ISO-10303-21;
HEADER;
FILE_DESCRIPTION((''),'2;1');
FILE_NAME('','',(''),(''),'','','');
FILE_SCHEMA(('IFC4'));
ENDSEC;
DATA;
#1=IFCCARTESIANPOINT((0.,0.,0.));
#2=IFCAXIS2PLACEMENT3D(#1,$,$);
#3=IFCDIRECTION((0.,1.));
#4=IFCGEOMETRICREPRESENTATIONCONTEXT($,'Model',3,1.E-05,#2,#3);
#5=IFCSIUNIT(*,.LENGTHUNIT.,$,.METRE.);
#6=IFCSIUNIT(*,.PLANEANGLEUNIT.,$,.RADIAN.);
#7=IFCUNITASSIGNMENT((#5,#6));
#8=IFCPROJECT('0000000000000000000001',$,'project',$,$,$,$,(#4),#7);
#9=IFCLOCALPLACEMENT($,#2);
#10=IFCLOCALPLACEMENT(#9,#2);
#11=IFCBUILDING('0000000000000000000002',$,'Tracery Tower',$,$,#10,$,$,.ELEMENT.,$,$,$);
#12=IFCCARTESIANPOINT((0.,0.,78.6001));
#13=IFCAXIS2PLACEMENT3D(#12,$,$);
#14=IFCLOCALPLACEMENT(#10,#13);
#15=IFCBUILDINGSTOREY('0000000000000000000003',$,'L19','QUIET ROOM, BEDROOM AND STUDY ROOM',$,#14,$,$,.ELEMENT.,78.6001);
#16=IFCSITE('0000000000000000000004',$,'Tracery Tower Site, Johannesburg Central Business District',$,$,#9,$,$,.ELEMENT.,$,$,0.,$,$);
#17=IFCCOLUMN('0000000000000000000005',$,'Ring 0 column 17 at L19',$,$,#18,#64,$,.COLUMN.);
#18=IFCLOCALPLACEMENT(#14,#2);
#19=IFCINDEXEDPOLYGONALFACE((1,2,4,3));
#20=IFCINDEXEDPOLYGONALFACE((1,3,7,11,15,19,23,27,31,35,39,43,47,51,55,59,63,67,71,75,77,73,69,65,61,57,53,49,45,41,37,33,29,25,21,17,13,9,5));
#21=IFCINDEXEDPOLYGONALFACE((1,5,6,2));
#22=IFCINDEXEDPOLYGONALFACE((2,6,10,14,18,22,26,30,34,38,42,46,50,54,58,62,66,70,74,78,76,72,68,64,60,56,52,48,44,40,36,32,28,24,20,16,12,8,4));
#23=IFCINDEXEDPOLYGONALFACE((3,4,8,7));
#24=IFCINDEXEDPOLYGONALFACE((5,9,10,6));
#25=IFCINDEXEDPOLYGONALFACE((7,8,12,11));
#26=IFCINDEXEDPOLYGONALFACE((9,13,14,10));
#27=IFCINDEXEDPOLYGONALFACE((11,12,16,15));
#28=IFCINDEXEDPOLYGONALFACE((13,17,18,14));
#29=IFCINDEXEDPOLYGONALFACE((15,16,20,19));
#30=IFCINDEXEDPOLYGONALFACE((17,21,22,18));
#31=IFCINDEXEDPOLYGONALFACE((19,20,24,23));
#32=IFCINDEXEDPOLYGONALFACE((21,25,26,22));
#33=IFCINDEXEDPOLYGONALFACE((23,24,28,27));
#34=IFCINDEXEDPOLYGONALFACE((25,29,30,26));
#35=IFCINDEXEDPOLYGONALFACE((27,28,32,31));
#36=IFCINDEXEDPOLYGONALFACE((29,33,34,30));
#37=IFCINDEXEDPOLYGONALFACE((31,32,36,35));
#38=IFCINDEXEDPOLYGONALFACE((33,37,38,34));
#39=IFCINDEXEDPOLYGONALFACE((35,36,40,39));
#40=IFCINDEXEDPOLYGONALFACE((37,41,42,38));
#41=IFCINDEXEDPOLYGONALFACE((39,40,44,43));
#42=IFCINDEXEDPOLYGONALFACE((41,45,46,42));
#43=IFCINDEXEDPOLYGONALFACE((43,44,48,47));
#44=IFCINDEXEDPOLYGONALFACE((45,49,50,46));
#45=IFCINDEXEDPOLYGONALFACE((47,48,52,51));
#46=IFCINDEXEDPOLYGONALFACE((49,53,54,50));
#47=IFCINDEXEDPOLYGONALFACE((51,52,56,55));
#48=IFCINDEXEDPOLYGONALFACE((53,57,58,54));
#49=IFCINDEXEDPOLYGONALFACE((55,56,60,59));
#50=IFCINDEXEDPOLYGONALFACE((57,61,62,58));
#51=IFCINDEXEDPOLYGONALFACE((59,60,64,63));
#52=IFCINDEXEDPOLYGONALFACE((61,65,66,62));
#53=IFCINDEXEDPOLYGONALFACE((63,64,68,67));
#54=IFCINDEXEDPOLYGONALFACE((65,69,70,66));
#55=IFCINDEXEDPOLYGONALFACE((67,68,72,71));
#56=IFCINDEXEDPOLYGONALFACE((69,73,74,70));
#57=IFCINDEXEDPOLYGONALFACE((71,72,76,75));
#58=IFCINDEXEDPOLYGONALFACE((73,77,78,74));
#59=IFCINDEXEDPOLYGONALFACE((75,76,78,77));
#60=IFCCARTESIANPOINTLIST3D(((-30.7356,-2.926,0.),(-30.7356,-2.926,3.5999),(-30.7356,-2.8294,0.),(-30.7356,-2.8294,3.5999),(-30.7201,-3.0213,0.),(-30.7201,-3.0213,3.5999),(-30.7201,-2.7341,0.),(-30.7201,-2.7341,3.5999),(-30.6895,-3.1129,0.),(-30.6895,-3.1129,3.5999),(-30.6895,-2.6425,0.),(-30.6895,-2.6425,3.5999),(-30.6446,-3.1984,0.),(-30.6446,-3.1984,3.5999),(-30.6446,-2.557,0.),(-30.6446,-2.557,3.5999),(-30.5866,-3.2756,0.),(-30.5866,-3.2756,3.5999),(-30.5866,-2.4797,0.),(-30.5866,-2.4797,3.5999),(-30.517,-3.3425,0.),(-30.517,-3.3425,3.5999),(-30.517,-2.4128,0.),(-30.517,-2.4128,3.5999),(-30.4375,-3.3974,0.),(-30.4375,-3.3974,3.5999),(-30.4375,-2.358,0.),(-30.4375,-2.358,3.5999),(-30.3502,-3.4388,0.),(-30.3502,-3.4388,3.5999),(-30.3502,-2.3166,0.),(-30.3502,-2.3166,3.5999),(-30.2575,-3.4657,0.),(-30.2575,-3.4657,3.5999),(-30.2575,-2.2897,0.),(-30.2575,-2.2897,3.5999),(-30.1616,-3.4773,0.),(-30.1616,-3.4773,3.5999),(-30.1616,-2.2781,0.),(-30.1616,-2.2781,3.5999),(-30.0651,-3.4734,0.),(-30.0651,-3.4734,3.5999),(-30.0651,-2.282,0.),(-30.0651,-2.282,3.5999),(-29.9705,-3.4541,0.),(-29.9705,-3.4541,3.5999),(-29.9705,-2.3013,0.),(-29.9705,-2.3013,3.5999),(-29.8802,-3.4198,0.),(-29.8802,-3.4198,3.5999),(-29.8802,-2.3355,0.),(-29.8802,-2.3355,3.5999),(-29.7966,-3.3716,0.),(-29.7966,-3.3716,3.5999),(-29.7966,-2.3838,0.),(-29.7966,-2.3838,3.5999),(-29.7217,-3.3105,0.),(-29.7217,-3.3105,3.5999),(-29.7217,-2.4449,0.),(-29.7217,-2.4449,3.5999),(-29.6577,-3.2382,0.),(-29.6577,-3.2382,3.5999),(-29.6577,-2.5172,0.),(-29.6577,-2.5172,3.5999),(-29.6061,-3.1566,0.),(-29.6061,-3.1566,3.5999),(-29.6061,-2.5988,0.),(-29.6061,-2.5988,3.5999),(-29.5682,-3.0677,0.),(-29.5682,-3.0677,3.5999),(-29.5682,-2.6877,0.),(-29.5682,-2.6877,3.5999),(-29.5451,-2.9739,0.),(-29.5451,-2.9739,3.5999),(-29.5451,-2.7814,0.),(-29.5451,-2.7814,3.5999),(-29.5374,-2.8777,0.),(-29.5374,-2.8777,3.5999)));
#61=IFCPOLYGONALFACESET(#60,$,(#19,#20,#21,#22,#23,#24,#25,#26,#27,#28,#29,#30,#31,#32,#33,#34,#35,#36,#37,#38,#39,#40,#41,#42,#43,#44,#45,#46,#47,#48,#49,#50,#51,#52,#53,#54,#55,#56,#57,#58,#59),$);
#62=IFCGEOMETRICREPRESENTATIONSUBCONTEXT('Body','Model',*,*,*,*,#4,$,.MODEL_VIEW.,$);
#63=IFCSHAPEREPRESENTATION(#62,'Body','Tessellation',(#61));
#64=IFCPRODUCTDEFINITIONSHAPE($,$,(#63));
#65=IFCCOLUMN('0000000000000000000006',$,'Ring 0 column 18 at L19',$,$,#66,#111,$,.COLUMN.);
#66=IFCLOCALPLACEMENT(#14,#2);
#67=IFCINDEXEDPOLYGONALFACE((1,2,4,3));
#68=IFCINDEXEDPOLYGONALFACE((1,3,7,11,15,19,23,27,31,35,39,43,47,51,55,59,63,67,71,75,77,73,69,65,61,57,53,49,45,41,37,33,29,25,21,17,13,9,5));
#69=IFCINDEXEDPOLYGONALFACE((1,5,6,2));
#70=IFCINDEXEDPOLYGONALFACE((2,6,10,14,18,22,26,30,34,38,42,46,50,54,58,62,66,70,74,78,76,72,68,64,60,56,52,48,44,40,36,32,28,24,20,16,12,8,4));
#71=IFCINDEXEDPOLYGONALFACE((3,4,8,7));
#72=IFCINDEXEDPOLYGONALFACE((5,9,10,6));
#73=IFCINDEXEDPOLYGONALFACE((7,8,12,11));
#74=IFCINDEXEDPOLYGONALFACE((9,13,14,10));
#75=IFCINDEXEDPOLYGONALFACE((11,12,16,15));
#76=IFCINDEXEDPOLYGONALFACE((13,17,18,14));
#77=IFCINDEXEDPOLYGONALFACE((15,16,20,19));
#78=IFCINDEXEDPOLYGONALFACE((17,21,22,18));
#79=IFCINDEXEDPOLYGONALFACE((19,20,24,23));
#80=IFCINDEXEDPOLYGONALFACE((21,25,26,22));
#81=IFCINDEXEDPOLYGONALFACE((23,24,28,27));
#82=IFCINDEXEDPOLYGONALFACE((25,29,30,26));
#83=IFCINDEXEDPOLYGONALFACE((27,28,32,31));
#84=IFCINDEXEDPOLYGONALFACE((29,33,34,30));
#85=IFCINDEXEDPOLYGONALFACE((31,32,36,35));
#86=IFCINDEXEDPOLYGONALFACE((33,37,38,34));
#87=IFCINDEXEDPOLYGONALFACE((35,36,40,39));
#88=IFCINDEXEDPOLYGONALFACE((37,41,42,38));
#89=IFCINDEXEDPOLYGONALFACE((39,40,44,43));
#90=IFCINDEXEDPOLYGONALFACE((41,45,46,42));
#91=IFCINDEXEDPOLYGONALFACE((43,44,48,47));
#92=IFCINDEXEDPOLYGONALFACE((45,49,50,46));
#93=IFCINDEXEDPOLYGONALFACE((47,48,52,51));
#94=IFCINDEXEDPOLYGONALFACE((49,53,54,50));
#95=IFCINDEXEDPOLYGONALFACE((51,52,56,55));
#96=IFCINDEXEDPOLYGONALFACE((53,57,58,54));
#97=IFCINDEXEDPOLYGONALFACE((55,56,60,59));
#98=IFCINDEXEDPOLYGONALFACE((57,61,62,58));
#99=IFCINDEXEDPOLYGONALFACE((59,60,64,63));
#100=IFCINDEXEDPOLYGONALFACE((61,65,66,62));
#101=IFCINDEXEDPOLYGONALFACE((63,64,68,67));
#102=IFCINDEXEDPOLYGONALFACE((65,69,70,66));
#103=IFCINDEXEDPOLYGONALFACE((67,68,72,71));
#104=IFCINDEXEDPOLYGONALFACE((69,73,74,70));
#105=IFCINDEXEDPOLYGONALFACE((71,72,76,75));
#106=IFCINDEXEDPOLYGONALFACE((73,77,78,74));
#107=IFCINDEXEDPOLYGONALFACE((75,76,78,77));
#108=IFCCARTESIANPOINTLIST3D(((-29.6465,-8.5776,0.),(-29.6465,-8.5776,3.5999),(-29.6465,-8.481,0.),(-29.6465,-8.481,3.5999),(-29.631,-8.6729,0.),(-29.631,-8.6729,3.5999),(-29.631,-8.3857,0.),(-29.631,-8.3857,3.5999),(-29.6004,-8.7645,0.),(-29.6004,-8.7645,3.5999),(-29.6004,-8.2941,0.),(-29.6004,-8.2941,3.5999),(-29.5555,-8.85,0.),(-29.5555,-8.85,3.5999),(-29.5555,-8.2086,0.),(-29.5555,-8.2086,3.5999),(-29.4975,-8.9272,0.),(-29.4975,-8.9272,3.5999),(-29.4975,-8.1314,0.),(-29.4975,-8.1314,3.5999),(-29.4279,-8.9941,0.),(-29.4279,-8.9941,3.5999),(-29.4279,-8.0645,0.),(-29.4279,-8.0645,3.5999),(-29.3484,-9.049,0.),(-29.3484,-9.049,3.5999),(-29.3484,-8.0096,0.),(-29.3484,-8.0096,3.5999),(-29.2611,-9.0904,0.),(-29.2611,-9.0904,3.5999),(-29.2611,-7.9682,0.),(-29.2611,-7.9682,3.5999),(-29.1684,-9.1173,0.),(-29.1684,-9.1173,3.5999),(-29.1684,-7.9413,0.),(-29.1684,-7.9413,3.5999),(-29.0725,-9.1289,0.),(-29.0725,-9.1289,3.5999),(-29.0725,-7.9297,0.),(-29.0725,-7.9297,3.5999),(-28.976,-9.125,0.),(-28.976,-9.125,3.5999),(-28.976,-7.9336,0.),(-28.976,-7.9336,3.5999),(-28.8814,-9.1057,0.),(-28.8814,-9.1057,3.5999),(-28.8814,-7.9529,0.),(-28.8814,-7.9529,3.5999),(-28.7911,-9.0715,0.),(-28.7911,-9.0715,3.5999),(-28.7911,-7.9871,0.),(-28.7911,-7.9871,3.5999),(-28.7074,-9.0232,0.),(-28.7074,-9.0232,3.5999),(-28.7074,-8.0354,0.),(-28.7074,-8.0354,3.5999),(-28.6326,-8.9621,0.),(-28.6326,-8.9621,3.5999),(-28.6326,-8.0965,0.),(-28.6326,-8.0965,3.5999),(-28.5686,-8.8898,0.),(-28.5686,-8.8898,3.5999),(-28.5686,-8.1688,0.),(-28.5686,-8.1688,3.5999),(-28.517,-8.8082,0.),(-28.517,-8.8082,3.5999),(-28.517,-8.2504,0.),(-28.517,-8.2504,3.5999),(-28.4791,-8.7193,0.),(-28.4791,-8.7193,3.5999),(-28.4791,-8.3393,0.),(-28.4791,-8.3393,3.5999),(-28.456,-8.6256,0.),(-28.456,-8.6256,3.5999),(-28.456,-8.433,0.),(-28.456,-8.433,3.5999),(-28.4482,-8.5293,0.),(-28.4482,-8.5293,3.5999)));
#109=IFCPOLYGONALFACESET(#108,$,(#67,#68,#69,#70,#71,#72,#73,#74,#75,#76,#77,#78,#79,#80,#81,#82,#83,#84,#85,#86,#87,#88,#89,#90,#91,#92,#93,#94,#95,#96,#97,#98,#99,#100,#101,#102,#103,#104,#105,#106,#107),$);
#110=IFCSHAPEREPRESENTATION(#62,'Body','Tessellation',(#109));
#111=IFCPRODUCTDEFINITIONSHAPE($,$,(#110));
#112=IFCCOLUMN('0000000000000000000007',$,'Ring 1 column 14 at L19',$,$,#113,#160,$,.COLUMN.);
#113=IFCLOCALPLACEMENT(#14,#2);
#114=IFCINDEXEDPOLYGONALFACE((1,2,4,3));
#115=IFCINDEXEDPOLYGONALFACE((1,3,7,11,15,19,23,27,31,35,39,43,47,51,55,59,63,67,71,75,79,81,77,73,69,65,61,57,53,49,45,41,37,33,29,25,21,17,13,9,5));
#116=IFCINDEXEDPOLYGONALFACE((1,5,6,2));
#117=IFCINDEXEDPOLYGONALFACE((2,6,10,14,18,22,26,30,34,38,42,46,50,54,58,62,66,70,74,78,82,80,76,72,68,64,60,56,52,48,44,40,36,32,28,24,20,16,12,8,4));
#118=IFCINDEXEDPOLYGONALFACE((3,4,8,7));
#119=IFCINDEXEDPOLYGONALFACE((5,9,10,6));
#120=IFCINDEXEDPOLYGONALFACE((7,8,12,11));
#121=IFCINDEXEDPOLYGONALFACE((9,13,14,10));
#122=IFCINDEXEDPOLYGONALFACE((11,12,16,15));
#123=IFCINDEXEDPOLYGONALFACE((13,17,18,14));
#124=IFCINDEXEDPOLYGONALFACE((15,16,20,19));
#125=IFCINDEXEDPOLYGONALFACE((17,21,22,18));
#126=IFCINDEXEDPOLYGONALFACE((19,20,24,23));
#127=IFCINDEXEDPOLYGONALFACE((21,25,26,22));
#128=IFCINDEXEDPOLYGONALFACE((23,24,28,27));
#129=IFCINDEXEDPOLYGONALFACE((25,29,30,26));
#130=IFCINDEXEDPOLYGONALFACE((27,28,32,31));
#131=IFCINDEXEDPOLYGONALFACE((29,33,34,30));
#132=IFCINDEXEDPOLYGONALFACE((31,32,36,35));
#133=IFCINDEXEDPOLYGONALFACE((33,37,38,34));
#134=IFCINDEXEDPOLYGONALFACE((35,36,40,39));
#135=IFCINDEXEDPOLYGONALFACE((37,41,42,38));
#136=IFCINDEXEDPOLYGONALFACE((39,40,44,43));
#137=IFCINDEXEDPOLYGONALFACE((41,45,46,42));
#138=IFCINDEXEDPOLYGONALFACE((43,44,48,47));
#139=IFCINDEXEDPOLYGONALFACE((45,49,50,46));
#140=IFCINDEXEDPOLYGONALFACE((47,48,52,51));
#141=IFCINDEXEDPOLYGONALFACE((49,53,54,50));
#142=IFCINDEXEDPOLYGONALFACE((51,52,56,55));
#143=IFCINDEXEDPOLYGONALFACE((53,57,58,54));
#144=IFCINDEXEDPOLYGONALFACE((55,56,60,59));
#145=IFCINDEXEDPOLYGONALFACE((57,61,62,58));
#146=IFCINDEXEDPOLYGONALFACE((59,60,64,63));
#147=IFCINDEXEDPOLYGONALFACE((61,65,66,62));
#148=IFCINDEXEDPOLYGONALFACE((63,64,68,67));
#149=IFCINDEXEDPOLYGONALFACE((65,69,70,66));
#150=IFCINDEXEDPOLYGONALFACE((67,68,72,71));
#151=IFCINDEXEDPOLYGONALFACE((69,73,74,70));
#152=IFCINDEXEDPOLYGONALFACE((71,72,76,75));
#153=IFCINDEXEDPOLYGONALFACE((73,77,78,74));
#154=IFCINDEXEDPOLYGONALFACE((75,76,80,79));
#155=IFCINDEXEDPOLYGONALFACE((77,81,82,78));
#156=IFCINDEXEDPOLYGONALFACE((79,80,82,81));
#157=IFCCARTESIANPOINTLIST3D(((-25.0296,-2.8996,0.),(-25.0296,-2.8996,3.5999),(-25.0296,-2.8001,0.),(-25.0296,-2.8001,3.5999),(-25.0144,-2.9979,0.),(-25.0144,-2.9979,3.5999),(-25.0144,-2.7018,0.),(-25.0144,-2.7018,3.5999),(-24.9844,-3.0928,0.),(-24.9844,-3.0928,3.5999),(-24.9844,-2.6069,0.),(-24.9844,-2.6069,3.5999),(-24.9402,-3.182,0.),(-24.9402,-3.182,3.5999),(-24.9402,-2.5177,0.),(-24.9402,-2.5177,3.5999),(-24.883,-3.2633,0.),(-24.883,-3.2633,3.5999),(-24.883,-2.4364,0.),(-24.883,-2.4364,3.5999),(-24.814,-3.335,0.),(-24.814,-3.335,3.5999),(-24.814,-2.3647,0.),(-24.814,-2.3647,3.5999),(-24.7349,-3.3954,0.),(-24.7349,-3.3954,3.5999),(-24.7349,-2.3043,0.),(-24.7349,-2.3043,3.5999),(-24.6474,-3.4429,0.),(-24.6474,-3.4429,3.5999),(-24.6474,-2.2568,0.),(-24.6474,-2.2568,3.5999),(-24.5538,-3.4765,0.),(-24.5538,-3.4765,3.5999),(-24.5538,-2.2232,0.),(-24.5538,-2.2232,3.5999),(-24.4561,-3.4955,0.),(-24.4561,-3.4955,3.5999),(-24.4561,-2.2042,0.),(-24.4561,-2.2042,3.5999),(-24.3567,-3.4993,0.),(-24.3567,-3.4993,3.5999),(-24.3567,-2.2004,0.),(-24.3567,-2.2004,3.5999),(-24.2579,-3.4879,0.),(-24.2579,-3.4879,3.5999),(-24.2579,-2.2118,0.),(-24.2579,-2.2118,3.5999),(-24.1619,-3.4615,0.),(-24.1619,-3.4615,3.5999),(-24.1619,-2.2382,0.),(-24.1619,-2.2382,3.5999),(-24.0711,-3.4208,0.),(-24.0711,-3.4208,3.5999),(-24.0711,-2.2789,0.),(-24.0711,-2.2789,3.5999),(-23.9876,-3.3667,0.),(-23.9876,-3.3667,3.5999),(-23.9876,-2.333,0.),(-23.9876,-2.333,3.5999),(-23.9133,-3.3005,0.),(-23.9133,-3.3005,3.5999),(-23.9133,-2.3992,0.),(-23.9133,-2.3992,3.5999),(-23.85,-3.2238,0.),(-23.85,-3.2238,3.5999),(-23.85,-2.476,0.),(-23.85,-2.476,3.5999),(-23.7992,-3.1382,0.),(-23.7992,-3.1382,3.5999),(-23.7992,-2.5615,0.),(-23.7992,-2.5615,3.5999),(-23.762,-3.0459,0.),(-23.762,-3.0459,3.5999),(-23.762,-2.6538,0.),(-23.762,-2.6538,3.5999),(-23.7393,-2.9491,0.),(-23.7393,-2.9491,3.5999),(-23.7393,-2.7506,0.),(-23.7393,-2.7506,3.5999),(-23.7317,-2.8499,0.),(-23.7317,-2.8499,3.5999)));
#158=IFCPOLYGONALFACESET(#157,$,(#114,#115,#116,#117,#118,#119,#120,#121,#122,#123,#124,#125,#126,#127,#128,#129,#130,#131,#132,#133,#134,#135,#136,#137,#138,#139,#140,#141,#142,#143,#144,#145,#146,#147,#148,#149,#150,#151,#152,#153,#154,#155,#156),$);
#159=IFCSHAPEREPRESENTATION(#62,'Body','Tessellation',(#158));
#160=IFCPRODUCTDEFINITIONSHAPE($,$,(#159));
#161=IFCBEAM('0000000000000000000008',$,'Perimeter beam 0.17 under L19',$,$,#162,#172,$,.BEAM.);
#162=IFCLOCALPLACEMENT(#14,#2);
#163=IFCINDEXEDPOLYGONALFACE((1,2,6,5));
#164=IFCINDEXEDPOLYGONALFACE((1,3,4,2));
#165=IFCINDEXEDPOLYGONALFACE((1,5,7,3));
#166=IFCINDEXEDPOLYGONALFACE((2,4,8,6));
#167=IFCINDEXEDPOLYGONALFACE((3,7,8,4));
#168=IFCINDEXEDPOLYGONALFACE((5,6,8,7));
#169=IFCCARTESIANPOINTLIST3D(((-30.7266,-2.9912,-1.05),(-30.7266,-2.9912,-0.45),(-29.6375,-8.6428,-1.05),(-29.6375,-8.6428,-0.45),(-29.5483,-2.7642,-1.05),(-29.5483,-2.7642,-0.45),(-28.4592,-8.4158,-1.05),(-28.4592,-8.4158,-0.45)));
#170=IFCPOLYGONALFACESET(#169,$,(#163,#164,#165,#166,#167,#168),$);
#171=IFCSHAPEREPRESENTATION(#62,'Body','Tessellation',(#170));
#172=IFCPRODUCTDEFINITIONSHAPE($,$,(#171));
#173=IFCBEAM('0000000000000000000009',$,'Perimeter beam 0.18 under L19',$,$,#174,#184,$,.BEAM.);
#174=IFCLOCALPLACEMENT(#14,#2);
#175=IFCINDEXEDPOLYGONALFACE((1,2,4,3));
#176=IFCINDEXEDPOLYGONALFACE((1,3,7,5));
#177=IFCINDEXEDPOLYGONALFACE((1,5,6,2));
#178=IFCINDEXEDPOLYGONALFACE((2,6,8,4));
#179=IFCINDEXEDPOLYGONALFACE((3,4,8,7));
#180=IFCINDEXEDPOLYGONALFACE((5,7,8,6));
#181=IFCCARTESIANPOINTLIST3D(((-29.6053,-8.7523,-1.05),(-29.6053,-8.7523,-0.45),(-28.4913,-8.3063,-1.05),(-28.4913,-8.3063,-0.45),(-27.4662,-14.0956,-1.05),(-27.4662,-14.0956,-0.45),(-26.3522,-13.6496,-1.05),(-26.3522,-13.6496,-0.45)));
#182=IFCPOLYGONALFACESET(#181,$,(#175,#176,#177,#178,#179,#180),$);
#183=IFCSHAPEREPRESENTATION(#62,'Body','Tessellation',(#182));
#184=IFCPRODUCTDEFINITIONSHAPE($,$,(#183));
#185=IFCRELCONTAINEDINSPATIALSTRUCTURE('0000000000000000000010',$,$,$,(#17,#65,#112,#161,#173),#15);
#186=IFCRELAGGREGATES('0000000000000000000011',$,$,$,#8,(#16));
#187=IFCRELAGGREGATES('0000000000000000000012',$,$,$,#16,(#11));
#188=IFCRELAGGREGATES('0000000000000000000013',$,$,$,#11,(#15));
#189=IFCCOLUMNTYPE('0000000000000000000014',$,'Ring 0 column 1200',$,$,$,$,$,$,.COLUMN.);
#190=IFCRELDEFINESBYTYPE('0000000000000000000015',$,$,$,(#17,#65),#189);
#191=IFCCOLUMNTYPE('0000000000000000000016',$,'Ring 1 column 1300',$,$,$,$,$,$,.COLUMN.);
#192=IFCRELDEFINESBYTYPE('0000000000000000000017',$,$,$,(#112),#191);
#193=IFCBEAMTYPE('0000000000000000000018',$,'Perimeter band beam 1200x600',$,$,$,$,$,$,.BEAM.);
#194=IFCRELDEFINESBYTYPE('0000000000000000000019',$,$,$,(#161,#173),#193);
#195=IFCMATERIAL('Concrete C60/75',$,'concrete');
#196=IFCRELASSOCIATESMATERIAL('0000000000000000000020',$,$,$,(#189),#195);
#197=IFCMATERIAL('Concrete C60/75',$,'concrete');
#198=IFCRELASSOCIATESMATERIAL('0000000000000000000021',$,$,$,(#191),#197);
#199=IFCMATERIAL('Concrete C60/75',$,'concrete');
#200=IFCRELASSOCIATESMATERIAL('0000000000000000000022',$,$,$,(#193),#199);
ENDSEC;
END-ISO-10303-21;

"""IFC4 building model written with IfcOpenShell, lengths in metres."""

from ifc_helpers import new_model, si_unit, direction, frame, origin, origin_2d, place, context, subcontext, project, spatial, rectangle, circle, extrude, material, material_profile, profile_set, type_object, element, save


model = new_model("IFC4")

# Units and contexts
model_context = context("Model", 3, precision=1e-05, world=origin(), true_north=direction((0.0, 1.0)))
body_context = subcontext(model_context, "Body", "Model", "MODEL_VIEW")
ifc_project = project(units=[si_unit("LENGTHUNIT", "METRE"), si_unit("PLANEANGLEUNIT", "RADIAN")], contexts=[model_context])

# Site, building, storey
site_placement = place(None, origin())
site = spatial("IfcSite", under=ifc_project, at=site_placement, Name="Tracery Tower Site, Johannesburg Central Business District", CompositionType="ELEMENT", RefElevation=0.0)
building_placement = place(site_placement, origin())
building = spatial("IfcBuilding", under=site, at=building_placement, Name="Tracery Tower", CompositionType="ELEMENT")
storey_placement = place(building_placement, frame((0.0, 0.0, 78.6001)))
storey = spatial("IfcBuildingStorey", under=building, at=storey_placement, Name="L19", Description="QUIET ROOM, BEDROOM AND STUDY ROOM", CompositionType="ELEMENT", Elevation=78.6001)

# Columns
ifc_material_1 = material(Name="Concrete C60/75", Category="concrete")
ifc_material_profile_1 = material_profile(ifc_material_1, circle(Radius=0.6001, at=origin_2d()), Name="RC D1200")
ifc_profile_set_1 = profile_set([ifc_material_profile_1], Name="Concrete C60/75")
column_type_1 = type_object("IfcColumnType", Name="Ring 0 column 1200", PredefinedType="COLUMN", material=ifc_profile_set_1)
for number, where, z_axis, x_axis, name in (
    (1, (-30.1375, -2.8777, 0.0), (0.0, 0.0, 1.0), (1.0, 0.0, 0.0), "Ring 0 column 17 at L19"),
    (2, (-29.0483, -8.5293, 0.0), (0.0, 0.0, 1.0), (1.0, 0.0, 0.0), "Ring 0 column 18 at L19"),
):
    element("IfcColumn", number, at=place(storey_placement, frame(where, z_axis=z_axis, x_axis=x_axis)), inside=storey, type_object=column_type_1, Name=name, PredefinedType="COLUMN", context=body_context, shape_type="SweptSolid", body=[
        extrude(circle(Radius=0.6001, at=origin_2d()), origin(), (0.0, 0.0, 1.0), 3.5999),
    ])
ifc_material_2 = material(Name="Concrete C60/75", Category="concrete")
ifc_material_profile_2 = material_profile(ifc_material_2, circle(Radius=0.6499, at=origin_2d()), Name="RC D1300")
ifc_profile_set_2 = profile_set([ifc_material_profile_2], Name="Concrete C60/75")
column_type_2 = type_object("IfcColumnType", Name="Ring 1 column 1300", PredefinedType="COLUMN", material=ifc_profile_set_2)
column_placement = place(storey_placement, frame((-24.3816, -2.8499, 0.0), z_axis=(0.0, 0.0, 1.0), x_axis=(1.0, 0.0, 0.0)))
element("IfcColumn", 3, at=column_placement, inside=storey, type_object=column_type_2, Name="Ring 1 column 14 at L19", PredefinedType="COLUMN", context=body_context, shape_type="SweptSolid", body=[
    extrude(circle(Radius=0.6499, at=origin_2d()), origin(), (0.0, 0.0, 1.0), 3.5999),
])

# Beams
ifc_material_3 = material(Name="Concrete C60/75", Category="concrete")
ifc_material_profile_3 = material_profile(ifc_material_3, rectangle(XDim=1.2, YDim=0.6001, at=origin_2d()), Name="RC 1200x600")
ifc_profile_set_3 = profile_set([ifc_material_profile_3], Name="Concrete C60/75")
beam_type = type_object("IfcBeamType", Name="Perimeter band beam 1200x600", PredefinedType="BEAM", material=ifc_profile_set_3)
for number, where, z_axis, x_axis, name in (
    (4, (-30.1375, -2.8777, -0.75), (0.189227, -0.981933, 0.0), (0.981933, 0.189227, 0.0), "Perimeter beam 0.17 under L19"),
    (5, (-29.0483, -8.5293, -0.75), (0.371669, -0.928365, 0.0), (0.928365, 0.371669, 0.0), "Perimeter beam 0.18 under L19"),
):
    element("IfcBeam", number, at=place(storey_placement, frame(where, z_axis=z_axis, x_axis=x_axis)), inside=storey, type_object=beam_type, Name=name, PredefinedType="BEAM", context=body_context, shape_type="SweptSolid", body=[
        extrude(rectangle(XDim=1.2, YDim=0.6001, at=origin_2d()), origin(), (0.0, 0.0, 1.0), 5.7556),
    ])

save(model, "model.ifc")
